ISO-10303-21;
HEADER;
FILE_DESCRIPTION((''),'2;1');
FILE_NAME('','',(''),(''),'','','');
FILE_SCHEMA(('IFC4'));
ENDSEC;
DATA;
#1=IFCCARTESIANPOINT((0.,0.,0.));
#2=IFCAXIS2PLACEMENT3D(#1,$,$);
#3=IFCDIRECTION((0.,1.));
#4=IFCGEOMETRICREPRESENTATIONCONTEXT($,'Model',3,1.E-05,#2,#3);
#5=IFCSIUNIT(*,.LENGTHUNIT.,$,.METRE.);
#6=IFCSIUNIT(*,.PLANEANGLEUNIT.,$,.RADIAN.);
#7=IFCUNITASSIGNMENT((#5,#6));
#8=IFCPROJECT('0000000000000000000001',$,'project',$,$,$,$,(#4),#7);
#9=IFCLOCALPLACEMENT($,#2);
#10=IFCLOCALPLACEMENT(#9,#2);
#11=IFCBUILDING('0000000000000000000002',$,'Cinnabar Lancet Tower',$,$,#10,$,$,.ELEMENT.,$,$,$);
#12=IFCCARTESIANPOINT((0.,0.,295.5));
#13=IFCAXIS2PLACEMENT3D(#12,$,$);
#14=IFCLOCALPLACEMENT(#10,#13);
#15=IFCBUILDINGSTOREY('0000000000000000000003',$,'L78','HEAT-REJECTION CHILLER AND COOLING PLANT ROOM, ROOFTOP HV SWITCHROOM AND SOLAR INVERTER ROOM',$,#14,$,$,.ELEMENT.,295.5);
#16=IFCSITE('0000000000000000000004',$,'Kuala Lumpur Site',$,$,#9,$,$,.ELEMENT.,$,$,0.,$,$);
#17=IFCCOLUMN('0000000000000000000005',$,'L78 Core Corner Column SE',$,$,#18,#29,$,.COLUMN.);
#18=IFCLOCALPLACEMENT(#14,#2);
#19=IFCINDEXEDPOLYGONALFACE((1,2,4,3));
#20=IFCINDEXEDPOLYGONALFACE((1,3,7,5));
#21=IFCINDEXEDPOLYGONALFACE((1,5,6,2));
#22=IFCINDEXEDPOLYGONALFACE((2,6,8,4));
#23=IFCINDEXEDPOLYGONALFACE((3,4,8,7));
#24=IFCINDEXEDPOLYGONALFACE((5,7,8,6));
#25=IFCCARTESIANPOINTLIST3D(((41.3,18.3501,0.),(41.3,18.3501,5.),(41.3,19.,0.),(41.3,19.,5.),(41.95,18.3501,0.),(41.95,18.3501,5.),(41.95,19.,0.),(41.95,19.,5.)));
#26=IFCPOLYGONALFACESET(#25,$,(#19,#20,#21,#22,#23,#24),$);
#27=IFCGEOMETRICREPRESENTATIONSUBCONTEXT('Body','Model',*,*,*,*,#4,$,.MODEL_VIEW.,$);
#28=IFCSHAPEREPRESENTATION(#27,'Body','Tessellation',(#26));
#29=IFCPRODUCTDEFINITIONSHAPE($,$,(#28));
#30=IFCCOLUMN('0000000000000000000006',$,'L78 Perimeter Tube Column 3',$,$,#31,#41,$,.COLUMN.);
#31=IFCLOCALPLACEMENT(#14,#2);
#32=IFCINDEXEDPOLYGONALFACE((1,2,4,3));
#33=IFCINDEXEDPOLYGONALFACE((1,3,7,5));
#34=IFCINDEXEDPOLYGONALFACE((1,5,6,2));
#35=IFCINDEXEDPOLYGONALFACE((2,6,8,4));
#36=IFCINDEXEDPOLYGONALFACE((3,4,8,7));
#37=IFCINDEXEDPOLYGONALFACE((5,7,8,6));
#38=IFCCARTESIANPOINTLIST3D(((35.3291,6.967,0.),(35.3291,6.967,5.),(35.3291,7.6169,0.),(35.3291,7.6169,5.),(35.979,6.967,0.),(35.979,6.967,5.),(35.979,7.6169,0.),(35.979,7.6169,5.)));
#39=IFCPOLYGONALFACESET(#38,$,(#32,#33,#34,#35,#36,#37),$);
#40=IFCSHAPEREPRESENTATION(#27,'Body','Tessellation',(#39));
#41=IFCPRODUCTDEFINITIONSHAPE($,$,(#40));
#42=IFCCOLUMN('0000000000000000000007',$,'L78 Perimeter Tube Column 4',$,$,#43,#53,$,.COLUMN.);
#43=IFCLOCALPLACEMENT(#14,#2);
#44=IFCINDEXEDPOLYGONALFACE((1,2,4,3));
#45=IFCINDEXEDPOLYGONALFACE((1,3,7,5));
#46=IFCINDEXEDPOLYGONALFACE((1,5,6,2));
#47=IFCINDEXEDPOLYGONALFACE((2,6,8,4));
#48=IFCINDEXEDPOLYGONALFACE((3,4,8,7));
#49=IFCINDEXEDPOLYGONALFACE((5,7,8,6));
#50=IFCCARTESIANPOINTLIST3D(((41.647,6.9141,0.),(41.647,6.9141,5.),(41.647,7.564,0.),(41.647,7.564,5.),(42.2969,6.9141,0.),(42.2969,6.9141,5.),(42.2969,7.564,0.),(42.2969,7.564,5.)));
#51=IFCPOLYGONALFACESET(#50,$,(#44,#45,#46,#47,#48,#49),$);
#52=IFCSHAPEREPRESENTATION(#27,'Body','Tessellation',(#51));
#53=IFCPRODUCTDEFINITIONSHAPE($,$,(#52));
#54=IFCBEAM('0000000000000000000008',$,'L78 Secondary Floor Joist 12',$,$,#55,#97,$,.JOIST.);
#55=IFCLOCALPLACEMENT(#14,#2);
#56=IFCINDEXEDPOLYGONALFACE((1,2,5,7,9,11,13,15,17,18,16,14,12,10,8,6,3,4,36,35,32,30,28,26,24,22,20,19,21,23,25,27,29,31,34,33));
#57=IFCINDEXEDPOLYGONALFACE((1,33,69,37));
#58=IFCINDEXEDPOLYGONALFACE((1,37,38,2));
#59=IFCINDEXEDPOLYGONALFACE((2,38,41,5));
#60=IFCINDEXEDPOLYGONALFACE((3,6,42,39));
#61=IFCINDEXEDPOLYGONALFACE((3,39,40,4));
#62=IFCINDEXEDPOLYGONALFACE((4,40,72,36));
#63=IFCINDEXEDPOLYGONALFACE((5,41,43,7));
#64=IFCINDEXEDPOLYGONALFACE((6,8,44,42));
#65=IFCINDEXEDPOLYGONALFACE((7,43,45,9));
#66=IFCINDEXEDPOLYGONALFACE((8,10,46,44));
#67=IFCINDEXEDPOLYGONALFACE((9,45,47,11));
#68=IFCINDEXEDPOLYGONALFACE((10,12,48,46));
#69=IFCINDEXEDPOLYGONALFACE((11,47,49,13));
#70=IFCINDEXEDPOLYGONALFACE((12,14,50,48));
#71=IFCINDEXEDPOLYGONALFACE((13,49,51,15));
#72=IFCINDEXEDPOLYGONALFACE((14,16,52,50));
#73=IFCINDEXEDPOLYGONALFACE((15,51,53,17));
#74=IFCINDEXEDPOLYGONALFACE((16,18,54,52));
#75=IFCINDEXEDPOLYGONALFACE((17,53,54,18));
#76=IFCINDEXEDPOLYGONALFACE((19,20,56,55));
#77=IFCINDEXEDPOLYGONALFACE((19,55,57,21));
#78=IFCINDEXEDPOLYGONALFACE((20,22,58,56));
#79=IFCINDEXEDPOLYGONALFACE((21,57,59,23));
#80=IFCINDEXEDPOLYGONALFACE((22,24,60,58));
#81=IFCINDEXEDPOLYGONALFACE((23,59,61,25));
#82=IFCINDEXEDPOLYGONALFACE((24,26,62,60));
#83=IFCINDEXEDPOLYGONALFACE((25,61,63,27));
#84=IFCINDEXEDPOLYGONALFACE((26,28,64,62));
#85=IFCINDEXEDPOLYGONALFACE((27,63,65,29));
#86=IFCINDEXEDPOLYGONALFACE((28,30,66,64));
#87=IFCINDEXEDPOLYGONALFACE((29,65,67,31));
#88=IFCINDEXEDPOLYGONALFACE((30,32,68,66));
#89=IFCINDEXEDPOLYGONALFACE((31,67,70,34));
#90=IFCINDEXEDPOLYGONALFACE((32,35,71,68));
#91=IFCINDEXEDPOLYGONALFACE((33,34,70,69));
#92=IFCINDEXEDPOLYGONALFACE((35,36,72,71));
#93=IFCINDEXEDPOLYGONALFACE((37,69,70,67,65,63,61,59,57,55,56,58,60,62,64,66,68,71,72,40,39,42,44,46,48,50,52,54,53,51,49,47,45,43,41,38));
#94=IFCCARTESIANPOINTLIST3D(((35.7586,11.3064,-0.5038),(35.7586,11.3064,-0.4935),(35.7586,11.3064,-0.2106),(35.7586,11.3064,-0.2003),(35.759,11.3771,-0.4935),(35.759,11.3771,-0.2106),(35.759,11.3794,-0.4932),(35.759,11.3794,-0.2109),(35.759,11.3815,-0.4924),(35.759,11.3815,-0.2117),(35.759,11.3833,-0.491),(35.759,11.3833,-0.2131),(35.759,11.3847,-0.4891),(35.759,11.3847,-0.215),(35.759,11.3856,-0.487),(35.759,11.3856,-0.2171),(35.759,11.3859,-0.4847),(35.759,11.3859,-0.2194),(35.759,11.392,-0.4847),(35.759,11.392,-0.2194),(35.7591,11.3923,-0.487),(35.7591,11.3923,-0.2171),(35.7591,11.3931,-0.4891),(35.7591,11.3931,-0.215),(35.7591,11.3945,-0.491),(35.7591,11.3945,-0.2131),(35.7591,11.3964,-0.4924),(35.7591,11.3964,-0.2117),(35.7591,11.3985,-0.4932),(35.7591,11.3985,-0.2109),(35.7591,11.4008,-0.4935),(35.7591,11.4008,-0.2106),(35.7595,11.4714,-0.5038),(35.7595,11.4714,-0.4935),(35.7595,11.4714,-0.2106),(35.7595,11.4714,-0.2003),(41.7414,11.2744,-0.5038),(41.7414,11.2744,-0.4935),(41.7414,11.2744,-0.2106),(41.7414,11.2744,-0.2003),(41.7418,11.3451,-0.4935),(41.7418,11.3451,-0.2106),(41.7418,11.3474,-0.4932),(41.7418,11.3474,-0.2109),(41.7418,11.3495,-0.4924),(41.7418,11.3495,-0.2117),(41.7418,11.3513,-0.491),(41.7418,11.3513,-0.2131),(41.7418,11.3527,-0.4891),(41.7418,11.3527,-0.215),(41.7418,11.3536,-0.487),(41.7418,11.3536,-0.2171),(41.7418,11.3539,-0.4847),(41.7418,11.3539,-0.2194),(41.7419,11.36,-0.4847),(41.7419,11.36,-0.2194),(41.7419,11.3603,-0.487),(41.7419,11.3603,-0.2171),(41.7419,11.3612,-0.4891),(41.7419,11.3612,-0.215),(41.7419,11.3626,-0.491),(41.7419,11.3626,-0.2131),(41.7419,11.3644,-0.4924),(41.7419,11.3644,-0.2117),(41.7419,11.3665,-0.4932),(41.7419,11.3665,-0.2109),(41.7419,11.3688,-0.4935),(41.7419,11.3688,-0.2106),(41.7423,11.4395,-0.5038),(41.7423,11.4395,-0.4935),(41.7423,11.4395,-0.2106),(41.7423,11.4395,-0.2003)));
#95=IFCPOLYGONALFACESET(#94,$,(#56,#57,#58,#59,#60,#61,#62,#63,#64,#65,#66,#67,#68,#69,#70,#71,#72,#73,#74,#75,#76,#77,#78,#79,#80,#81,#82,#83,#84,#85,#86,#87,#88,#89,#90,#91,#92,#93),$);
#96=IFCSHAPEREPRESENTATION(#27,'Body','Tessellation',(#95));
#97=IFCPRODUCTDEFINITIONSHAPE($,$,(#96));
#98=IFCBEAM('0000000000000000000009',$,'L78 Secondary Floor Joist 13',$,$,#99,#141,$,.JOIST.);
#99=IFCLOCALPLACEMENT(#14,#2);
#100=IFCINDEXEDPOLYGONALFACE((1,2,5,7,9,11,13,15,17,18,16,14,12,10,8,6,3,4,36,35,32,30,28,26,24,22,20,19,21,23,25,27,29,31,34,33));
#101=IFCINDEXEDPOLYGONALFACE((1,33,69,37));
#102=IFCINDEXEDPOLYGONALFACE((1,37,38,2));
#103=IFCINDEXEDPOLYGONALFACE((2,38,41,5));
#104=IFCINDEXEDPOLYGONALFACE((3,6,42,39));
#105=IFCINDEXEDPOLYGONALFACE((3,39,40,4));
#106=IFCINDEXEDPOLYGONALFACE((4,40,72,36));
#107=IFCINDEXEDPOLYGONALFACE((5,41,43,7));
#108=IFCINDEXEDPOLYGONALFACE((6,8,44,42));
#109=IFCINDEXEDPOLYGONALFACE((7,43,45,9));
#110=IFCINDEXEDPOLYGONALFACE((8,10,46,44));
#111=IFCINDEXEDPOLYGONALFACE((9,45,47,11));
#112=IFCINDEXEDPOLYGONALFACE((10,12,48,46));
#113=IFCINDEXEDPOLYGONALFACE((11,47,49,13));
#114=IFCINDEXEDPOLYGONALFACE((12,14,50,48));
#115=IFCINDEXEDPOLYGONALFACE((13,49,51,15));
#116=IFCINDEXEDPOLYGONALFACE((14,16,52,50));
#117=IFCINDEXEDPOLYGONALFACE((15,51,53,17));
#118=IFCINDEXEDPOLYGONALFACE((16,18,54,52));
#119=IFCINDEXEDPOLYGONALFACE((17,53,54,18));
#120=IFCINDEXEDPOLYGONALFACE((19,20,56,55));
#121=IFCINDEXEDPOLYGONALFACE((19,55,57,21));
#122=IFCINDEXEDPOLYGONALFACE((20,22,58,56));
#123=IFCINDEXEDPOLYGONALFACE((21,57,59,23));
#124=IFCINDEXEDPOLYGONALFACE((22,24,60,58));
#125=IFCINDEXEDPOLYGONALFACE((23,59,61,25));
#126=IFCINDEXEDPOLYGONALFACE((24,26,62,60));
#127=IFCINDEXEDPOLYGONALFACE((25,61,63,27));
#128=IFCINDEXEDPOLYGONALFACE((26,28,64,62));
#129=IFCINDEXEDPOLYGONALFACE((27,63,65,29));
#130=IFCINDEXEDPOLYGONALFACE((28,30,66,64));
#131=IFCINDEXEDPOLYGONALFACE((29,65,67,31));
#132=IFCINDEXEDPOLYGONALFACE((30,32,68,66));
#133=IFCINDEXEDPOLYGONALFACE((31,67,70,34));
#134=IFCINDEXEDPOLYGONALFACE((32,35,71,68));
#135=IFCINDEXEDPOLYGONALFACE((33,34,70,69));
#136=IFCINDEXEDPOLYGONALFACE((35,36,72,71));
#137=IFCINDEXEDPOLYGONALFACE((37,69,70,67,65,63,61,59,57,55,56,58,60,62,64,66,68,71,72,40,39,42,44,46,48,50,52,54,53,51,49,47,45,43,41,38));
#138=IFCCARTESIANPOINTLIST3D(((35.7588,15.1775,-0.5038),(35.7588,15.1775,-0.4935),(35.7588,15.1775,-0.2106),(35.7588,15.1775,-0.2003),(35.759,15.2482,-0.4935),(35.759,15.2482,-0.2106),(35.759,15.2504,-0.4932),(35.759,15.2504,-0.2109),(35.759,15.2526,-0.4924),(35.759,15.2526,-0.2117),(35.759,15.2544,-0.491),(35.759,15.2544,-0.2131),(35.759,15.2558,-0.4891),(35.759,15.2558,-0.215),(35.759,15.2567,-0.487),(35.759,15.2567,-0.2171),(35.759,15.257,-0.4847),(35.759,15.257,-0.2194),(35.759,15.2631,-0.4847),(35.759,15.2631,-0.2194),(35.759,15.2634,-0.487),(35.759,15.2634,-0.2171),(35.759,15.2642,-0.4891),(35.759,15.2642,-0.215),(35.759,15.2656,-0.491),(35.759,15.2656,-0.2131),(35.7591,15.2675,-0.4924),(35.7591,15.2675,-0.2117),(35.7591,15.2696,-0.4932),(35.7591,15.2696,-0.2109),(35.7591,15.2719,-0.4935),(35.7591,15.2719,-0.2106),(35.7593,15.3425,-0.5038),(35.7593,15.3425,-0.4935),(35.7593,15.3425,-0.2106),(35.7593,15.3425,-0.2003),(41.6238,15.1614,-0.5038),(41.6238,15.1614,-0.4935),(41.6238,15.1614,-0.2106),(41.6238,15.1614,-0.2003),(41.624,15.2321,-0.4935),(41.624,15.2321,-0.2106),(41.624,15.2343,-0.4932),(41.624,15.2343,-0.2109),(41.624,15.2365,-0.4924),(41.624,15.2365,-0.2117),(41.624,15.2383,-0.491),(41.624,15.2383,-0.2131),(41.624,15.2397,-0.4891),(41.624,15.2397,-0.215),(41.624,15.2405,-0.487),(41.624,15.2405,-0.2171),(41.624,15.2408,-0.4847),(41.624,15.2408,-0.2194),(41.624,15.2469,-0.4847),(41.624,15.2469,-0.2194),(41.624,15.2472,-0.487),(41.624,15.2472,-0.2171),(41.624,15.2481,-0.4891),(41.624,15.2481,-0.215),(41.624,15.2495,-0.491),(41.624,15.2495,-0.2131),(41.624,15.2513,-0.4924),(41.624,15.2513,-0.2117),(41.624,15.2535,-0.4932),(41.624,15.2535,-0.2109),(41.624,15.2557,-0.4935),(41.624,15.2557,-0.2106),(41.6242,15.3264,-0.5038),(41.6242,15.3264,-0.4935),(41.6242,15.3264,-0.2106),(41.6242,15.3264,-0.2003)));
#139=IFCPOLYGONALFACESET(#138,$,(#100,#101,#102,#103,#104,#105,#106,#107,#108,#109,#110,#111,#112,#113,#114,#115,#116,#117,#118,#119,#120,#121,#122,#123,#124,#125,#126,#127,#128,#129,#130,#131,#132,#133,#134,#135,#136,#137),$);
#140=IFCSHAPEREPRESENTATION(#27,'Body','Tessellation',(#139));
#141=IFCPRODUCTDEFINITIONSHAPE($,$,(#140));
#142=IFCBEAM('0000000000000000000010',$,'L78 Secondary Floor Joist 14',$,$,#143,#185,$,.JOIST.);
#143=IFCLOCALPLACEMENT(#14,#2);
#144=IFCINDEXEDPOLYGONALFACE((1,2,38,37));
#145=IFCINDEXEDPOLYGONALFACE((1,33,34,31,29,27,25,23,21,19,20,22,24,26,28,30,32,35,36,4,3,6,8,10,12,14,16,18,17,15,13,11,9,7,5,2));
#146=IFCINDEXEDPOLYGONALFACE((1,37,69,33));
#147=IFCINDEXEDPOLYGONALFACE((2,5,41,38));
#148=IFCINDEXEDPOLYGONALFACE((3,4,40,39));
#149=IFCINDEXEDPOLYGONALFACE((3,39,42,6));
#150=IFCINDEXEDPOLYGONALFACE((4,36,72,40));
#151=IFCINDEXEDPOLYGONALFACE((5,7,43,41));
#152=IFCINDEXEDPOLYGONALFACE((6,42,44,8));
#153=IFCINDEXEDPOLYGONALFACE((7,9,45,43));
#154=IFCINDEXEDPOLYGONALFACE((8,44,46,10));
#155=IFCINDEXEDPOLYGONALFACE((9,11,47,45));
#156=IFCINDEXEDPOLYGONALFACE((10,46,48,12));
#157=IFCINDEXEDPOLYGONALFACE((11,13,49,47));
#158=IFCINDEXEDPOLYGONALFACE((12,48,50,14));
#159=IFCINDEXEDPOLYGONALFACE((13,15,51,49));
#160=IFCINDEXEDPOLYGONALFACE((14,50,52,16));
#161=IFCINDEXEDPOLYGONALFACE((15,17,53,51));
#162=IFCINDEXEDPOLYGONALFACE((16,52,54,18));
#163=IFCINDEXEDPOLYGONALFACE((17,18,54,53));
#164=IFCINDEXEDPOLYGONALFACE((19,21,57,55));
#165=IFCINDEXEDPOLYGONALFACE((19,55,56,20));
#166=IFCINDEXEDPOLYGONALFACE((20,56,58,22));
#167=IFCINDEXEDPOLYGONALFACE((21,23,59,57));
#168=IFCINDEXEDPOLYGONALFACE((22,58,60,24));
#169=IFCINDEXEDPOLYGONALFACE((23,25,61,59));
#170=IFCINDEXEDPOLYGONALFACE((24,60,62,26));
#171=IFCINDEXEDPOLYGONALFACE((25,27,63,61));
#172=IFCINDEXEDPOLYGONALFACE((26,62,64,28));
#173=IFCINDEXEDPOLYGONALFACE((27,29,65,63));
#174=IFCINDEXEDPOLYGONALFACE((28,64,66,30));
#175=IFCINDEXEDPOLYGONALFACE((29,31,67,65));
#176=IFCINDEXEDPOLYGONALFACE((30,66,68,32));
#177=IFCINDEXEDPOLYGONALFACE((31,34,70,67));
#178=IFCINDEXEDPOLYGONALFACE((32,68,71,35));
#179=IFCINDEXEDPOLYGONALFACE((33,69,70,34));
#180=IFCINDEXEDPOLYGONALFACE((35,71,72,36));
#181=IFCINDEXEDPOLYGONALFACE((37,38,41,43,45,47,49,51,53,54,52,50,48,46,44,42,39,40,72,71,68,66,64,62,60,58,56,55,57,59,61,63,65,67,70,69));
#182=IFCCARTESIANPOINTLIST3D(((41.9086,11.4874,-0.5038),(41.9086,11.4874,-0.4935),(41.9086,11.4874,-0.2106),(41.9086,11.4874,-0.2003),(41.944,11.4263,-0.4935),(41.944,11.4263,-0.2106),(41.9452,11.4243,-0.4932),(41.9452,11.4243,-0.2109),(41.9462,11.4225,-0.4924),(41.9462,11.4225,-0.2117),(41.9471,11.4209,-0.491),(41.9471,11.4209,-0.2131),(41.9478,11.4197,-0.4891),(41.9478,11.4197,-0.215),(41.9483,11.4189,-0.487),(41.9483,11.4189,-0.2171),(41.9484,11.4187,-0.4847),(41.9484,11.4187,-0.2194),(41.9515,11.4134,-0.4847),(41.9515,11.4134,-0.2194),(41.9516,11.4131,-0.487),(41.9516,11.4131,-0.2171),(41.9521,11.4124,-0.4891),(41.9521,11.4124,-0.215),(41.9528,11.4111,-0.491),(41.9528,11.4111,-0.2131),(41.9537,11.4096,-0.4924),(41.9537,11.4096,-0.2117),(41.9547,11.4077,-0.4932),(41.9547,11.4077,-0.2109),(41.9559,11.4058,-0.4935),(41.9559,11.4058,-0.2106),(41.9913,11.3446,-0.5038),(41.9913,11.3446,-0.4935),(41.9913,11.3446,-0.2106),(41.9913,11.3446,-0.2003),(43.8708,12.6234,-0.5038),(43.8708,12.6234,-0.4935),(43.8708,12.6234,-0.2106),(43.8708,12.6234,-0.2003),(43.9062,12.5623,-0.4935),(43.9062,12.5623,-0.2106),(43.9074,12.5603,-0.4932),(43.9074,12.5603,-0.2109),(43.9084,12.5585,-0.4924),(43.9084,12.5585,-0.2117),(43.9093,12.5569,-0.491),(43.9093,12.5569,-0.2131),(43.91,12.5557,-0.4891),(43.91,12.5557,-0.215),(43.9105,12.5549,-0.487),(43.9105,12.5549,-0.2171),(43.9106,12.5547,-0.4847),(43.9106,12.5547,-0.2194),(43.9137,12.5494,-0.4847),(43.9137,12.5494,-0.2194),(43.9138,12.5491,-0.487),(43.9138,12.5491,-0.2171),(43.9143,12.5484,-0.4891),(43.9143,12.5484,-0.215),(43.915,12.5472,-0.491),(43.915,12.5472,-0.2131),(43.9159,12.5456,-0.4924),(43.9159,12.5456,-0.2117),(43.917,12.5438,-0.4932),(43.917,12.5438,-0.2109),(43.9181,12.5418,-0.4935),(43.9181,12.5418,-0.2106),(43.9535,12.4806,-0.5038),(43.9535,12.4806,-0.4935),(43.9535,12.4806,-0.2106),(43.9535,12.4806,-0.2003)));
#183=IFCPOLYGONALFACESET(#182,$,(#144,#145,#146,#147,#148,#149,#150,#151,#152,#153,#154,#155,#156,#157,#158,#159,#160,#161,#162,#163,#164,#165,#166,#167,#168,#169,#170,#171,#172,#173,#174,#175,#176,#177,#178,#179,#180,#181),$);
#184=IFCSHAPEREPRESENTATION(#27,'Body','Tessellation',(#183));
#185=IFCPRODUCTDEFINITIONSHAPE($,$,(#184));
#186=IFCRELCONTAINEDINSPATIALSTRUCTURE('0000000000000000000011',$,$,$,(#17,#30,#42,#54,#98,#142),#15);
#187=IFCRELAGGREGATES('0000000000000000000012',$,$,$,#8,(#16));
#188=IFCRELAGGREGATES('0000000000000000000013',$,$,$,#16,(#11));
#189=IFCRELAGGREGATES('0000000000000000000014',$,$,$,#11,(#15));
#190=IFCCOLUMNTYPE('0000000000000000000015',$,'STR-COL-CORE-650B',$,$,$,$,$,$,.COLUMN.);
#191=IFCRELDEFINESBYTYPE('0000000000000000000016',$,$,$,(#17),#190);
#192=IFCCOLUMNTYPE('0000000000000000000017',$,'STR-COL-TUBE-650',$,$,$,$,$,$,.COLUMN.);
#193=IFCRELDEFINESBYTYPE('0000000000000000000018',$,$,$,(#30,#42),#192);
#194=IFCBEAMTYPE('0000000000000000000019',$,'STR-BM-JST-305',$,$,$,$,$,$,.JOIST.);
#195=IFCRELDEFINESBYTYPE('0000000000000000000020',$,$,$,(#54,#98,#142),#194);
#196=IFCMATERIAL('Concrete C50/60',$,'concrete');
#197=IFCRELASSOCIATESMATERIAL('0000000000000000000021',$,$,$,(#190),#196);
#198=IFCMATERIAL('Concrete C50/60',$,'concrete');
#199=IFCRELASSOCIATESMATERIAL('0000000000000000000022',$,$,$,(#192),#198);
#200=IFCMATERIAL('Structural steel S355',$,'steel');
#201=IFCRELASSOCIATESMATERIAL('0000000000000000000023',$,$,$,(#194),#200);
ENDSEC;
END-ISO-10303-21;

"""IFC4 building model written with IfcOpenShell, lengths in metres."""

from ifc_helpers import new_model, si_unit, direction, frame, origin, origin_2d, place, context, subcontext, project, spatial, rectangle, i_section, extrude, material, material_profile, profile_set, type_object, element, save


model = new_model("IFC4")

# Units and contexts
model_context = context("Model", 3, precision=1e-05, world=origin(), true_north=direction((0.0, 1.0)))
body_context = subcontext(model_context, "Body", "Model", "MODEL_VIEW")
ifc_project = project(units=[si_unit("LENGTHUNIT", "METRE"), si_unit("PLANEANGLEUNIT", "RADIAN")], contexts=[model_context])

# Site, building, storey
site_placement = place(None, origin())
site = spatial("IfcSite", under=ifc_project, at=site_placement, Name="Kuala Lumpur Site", CompositionType="ELEMENT", RefElevation=0.0)
building_placement = place(site_placement, origin())
building = spatial("IfcBuilding", under=site, at=building_placement, Name="Cinnabar Lancet Tower", CompositionType="ELEMENT")
storey_placement = place(building_placement, frame((0.0, 0.0, 295.5)))
storey = spatial("IfcBuildingStorey", under=building, at=storey_placement, Name="L78", Description="HEAT-REJECTION CHILLER AND COOLING PLANT ROOM, ROOFTOP HV SWITCHROOM AND SOLAR INVERTER ROOM", CompositionType="ELEMENT", Elevation=295.5)

# Columns
ifc_material_1 = material(Name="Concrete C50/60", Category="concrete")
ifc_material_profile_1 = material_profile(ifc_material_1, rectangle(XDim=0.6499, YDim=0.6499, at=origin_2d()), Name="RC-COL 650x650")
ifc_profile_set_1 = profile_set([ifc_material_profile_1], Name="Concrete C50/60")
column_type_1 = type_object("IfcColumnType", Name="STR-COL-CORE-650B", PredefinedType="COLUMN", material=ifc_profile_set_1)
column_placement = place(storey_placement, frame((41.625, 18.675, 0.0), z_axis=(0.0, 0.0, 1.0), x_axis=(1.0, 0.0, 0.0)))
element("IfcColumn", 1, at=column_placement, inside=storey, type_object=column_type_1, Name="L78 Core Corner Column SE", PredefinedType="COLUMN", context=body_context, shape_type="SweptSolid", body=[
    extrude(rectangle(XDim=0.6499, YDim=0.6499, at=origin_2d()), origin(), (0.0, 0.0, 1.0), 5.0),
])
ifc_material_2 = material(Name="Concrete C50/60", Category="concrete")
ifc_material_profile_2 = material_profile(ifc_material_2, rectangle(XDim=0.6499, YDim=0.6499, at=origin_2d()), Name="RC-COL 650x650")
ifc_profile_set_2 = profile_set([ifc_material_profile_2], Name="Concrete C50/60")
column_type_2 = type_object("IfcColumnType", Name="STR-COL-TUBE-650", PredefinedType="COLUMN", material=ifc_profile_set_2)
for number, where, z_axis, x_axis, name in (
    (2, (35.6541, 7.292, 0.0), (0.0, 0.0, 1.0), (1.0, 0.0, 0.0), "L78 Perimeter Tube Column 3"),
    (3, (41.9719, 7.239, 0.0), (0.0, 0.0, 1.0), (1.0, 0.0, 0.0), "L78 Perimeter Tube Column 4"),
):
    element("IfcColumn", number, at=place(storey_placement, frame(where, z_axis=z_axis, x_axis=x_axis)), inside=storey, type_object=column_type_2, Name=name, PredefinedType="COLUMN", context=body_context, shape_type="SweptSolid", body=[
        extrude(rectangle(XDim=0.6499, YDim=0.6499, at=origin_2d()), origin(), (0.0, 0.0, 1.0), 5.0),
    ])

# Beams
ifc_material_3 = material(Name="Structural steel S355", Category="steel")
ifc_material_profile_3 = material_profile(ifc_material_3, i_section(OverallWidth=0.165, OverallDepth=0.3035, WebThickness=0.0061, FlangeThickness=0.0103, FilletRadius=0.0088, at=origin_2d()), Name="UKB 305x165x40")
ifc_profile_set_3 = profile_set([ifc_material_profile_3], Name="Structural steel S355")
beam_type_1 = type_object("IfcBeamType", Name="STR-BM-JST-305", PredefinedType="JOIST", material=ifc_profile_set_3)
beam_1_placement = place(storey_placement, frame((35.759, 11.3889, -0.3521), z_axis=(0.999986, -0.005346, 0.0), x_axis=(0.005346, 0.999986, 0.0)))
element("IfcBeam", 4, at=beam_1_placement, inside=storey, type_object=beam_type_1, Name="L78 Secondary Floor Joist 12", PredefinedType="JOIST", context=body_context, shape_type="SweptSolid", body=[
    extrude(i_section(OverallWidth=0.165, OverallDepth=0.3035, WebThickness=0.0061, FlangeThickness=0.0103, FilletRadius=0.0088, at=origin_2d()), origin(), (0.0, 0.0, 1.0), 5.9829),
])
beam_2_placement = place(storey_placement, frame((35.759, 15.26, -0.3521), z_axis=(0.999996, -0.002747, 0.0), x_axis=(0.002747, 0.999996, 0.0)))
element("IfcBeam", 5, at=beam_2_placement, inside=storey, type_object=beam_type_1, Name="L78 Secondary Floor Joist 13", PredefinedType="JOIST", context=body_context, shape_type="SweptSolid", body=[
    extrude(i_section(OverallWidth=0.165, OverallDepth=0.3035, WebThickness=0.0061, FlangeThickness=0.0103, FilletRadius=0.0088, at=origin_2d()), origin(), (0.0, 0.0, 1.0), 5.865),
])
beam_3_placement = place(storey_placement, frame((41.95, 11.416, -0.3521), z_axis=(0.865426, 0.501036, 0.0), x_axis=(-0.501036, 0.865426, 0.0)))
element("IfcBeam", 6, at=beam_3_placement, inside=storey, type_object=beam_type_1, Name="L78 Secondary Floor Joist 14", PredefinedType="JOIST", context=body_context, shape_type="SweptSolid", body=[
    extrude(i_section(OverallWidth=0.165, OverallDepth=0.3035, WebThickness=0.0061, FlangeThickness=0.0103, FilletRadius=0.0088, at=origin_2d()), origin(), (0.0, 0.0, 1.0), 2.2673),
])

save(model, "model.ifc")
